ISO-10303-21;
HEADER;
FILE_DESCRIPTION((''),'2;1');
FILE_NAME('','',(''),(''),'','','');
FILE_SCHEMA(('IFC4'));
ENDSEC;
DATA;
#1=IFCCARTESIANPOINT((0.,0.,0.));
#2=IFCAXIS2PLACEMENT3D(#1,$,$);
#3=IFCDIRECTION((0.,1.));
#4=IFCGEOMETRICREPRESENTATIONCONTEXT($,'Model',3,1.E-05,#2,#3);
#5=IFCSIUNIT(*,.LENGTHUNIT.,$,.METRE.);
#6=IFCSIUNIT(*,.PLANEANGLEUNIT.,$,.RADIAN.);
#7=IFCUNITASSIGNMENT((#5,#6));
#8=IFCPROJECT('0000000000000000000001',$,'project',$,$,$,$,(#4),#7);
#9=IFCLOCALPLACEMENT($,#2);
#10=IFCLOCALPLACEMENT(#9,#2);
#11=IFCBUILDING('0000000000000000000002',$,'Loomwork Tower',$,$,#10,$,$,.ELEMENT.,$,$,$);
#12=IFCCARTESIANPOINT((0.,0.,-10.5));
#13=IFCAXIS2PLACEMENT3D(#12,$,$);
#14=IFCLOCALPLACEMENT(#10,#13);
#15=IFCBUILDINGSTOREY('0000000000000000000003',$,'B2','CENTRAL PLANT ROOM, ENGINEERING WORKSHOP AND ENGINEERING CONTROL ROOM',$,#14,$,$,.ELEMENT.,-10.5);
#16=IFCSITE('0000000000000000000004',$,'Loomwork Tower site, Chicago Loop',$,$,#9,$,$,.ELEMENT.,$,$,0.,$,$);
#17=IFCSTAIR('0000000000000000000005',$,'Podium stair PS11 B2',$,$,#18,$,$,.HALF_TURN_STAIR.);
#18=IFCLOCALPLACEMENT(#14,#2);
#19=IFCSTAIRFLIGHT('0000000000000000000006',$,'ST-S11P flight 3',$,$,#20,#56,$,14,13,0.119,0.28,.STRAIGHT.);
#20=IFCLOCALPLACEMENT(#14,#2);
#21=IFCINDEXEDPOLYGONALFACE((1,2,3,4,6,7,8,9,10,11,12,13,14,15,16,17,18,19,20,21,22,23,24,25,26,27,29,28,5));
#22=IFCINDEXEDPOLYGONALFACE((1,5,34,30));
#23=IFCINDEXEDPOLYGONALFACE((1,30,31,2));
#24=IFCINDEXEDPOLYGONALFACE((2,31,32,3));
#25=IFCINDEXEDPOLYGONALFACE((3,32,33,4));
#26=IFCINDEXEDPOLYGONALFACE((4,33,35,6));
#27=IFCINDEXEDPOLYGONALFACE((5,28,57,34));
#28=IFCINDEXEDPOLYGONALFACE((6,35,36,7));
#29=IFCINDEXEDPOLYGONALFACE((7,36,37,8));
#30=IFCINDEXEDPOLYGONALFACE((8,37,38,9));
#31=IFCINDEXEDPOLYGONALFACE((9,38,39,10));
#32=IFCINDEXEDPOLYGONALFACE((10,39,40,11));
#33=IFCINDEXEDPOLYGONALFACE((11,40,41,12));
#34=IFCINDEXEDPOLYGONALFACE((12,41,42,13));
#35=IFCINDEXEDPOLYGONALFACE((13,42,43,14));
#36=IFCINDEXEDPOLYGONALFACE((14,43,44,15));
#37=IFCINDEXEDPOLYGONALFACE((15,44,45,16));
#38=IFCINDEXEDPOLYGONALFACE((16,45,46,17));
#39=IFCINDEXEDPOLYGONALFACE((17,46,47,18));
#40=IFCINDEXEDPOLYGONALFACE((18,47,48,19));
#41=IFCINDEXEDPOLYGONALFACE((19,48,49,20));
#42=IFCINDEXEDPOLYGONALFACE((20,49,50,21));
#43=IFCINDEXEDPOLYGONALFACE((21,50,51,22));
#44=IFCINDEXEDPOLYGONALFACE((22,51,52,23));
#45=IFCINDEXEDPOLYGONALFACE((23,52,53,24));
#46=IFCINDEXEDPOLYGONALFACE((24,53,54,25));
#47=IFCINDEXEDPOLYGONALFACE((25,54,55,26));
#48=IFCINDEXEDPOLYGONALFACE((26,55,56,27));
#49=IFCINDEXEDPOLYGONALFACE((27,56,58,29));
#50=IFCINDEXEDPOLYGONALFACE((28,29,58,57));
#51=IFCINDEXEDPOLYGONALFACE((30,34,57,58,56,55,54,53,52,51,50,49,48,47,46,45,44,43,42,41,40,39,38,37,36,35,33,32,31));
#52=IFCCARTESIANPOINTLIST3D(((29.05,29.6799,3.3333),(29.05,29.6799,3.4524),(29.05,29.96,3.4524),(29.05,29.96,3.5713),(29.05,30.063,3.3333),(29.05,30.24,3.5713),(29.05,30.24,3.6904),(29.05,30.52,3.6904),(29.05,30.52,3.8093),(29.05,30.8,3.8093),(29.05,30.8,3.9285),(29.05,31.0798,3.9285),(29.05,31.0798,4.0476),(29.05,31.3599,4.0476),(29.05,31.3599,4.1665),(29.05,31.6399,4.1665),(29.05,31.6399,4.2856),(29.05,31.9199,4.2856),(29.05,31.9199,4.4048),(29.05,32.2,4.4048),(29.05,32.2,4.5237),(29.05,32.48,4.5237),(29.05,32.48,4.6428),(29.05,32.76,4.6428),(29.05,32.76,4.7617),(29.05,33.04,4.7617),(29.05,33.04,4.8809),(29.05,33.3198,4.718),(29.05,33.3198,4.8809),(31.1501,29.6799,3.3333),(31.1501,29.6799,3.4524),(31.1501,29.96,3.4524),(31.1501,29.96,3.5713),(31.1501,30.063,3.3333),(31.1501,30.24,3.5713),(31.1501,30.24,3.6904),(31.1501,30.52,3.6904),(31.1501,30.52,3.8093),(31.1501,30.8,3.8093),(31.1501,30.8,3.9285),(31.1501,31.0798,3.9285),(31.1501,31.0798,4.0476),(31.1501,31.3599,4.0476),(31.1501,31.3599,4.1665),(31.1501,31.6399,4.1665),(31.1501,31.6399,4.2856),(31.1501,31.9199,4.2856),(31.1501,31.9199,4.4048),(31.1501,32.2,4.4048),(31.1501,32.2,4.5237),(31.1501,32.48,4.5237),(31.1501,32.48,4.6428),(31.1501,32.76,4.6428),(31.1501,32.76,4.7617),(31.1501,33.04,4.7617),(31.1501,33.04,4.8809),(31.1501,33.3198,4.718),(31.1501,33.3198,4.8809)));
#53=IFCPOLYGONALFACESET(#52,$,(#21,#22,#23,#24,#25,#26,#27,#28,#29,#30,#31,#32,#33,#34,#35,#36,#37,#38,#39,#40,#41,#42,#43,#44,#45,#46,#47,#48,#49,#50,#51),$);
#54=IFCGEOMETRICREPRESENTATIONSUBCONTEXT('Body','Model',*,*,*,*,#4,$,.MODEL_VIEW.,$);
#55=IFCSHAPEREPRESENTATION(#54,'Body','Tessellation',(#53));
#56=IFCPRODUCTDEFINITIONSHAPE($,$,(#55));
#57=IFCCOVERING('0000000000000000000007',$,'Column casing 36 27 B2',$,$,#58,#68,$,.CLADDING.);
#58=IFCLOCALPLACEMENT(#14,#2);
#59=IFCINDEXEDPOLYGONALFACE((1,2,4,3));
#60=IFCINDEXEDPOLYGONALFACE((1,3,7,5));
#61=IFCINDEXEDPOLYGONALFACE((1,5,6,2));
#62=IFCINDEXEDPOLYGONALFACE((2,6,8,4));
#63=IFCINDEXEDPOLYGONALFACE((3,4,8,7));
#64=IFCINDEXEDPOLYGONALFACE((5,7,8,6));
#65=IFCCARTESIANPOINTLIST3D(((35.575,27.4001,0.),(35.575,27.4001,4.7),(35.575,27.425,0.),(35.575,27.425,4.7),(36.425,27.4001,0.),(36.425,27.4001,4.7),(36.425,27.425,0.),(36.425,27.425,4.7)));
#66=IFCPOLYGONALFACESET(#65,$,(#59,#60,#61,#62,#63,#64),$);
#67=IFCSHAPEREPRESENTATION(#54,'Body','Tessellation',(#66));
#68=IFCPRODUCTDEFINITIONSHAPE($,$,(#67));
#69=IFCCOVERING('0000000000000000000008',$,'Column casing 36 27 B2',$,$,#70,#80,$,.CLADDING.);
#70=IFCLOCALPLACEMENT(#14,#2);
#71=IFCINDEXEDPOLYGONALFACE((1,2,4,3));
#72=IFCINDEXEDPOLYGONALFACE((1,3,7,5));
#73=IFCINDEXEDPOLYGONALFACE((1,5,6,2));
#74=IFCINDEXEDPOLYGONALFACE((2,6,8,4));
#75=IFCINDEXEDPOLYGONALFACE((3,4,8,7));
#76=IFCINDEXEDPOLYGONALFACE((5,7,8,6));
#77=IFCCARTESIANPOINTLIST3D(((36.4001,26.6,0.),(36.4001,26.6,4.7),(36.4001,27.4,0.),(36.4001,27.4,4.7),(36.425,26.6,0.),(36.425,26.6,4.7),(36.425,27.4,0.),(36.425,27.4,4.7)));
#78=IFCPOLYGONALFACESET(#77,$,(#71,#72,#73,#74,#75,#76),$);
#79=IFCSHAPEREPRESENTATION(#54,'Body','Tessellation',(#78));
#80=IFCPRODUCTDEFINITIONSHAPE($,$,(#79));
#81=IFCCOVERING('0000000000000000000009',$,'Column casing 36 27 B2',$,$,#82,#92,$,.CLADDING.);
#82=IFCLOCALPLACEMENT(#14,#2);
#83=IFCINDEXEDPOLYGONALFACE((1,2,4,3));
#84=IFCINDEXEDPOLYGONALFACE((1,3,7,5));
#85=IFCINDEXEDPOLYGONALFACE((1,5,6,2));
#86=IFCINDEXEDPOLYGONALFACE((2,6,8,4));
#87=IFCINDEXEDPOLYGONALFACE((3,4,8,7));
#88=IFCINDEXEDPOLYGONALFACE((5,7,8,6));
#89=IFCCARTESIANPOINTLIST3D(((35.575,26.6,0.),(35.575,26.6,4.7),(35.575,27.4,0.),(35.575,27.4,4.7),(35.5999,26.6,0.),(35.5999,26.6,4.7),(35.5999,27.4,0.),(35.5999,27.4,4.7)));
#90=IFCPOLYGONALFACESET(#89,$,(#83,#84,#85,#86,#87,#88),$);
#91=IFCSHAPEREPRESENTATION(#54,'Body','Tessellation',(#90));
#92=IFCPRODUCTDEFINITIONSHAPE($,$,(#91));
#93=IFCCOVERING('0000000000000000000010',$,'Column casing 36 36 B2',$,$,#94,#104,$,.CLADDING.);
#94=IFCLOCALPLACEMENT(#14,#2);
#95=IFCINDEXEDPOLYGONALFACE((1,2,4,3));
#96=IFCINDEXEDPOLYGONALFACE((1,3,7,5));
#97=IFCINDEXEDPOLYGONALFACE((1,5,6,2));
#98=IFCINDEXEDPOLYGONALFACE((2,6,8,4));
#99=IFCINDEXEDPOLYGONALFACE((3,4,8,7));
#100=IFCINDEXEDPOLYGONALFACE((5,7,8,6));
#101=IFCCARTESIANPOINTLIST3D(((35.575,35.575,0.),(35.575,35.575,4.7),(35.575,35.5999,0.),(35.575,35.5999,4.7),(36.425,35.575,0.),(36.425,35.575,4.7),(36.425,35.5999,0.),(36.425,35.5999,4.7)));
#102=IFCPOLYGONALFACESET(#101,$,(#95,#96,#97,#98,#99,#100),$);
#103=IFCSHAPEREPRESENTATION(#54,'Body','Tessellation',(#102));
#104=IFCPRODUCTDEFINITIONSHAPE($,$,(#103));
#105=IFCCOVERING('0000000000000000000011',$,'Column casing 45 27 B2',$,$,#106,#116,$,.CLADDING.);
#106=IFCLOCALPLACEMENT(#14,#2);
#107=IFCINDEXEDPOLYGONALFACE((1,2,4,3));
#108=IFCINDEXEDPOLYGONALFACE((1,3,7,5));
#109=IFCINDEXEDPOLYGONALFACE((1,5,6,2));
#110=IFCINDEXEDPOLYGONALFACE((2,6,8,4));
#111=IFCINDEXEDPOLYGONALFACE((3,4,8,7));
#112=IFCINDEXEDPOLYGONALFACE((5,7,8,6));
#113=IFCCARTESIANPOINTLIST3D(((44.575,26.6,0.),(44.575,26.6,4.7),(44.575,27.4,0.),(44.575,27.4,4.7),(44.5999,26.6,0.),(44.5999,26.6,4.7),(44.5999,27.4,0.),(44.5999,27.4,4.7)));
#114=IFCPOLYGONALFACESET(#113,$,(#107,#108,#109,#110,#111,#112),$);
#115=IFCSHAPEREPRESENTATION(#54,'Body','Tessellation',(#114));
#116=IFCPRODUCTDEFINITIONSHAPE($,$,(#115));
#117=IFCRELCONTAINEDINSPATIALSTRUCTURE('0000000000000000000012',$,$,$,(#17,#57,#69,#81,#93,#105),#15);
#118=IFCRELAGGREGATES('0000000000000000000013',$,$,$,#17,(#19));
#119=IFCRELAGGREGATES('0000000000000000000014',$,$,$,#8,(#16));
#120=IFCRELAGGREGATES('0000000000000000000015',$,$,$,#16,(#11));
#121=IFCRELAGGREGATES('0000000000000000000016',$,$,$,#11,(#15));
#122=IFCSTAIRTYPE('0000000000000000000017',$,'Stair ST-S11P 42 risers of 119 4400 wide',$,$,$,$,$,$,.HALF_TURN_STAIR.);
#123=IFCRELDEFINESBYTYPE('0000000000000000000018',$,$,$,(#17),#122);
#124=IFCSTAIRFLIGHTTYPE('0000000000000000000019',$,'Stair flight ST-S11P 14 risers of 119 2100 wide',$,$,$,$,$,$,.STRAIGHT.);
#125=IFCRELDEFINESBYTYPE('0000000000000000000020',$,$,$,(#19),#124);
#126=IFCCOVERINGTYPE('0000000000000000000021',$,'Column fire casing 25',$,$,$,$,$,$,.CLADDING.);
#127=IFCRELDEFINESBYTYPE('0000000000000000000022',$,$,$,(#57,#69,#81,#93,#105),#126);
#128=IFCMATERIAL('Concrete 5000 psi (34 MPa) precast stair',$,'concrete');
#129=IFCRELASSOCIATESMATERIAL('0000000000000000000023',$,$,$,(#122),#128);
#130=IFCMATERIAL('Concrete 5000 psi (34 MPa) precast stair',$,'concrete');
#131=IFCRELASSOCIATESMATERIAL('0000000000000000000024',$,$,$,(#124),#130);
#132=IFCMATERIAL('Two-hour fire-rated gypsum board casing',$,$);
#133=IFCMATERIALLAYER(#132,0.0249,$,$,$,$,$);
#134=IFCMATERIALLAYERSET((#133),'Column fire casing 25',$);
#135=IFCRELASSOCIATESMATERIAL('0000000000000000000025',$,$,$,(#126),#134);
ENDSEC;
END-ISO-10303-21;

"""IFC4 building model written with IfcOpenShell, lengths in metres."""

from ifc_helpers import new_model, si_unit, direction, frame, origin, origin_2d, place, context, subcontext, project, spatial, polyline, rectangle, outline, extrude, material, layer, layer_set, type_object, element, aggregate, save


model = new_model("IFC4")

# Units and contexts
model_context = context("Model", 3, precision=1e-05, world=origin(), true_north=direction((0.0, 1.0)))
body_context = subcontext(model_context, "Body", "Model", "MODEL_VIEW")
ifc_project = project(units=[si_unit("LENGTHUNIT", "METRE"), si_unit("PLANEANGLEUNIT", "RADIAN")], contexts=[model_context])

# Site, building, storey
site_placement = place(None, origin())
site = spatial("IfcSite", under=ifc_project, at=site_placement, Name="Loomwork Tower site, Chicago Loop", CompositionType="ELEMENT", RefElevation=0.0)
building_placement = place(site_placement, origin())
building = spatial("IfcBuilding", under=site, at=building_placement, Name="Loomwork Tower", CompositionType="ELEMENT")
storey_placement = place(building_placement, frame((0.0, 0.0, -10.5)))
storey = spatial("IfcBuildingStorey", under=building, at=storey_placement, Name="B2", Description="CENTRAL PLANT ROOM, ENGINEERING WORKSHOP AND ENGINEERING CONTROL ROOM", CompositionType="ELEMENT", Elevation=-10.5)

# Stair, stair flight
ifc_material_1 = material(Name="Concrete 5000 psi (34 MPa) precast stair", Category="concrete")
stair_type = type_object("IfcStairType", Name="Stair ST-S11P 42 risers of 119 4400 wide", PredefinedType="HALF_TURN_STAIR", material=ifc_material_1)
stair_placement = place(storey_placement, origin())
stair = element("IfcStair", 1, at=stair_placement, inside=storey, type_object=stair_type, Name="Podium stair PS11 B2", PredefinedType="HALF_TURN_STAIR")
ifc_material_2 = material(Name="Concrete 5000 psi (34 MPa) precast stair", Category="concrete")
stair_flight_type = type_object("IfcStairFlightType", Name="Stair flight ST-S11P 14 risers of 119 2100 wide", PredefinedType="STRAIGHT", material=ifc_material_2)
stair_flight_1_placement = place(storey_placement, frame((30.1001, 29.6799, 3.3333), z_axis=(0.0, 0.0, 1.0), x_axis=(0.0, 1.0, 0.0)))
stair_flight_1 = element("IfcStairFlight", 2, at=stair_flight_1_placement, type_object=stair_flight_type, Name="ST-S11P flight 3", NumberOfRisers=14, NumberOfTreads=13, PredefinedType="STRAIGHT", RiserHeight=0.119, TreadLength=0.28, context=body_context, shape_type="SweptSolid", body=[
    extrude(outline(polyline([(0.0, 0.0), (0.0, 0.1191), (0.28, 0.1191), (0.28, 0.238), (0.5601, 0.238), (0.5601, 0.3572), (0.8401, 0.3572), (0.8401, 0.4761), (1.1201, 0.4761), (1.1201, 0.5952), (1.3999, 0.5952), (1.3999, 0.7144), (1.6799, 0.7144), (1.6799, 0.8333), (1.96, 0.8333), (1.96, 0.9524), (2.24, 0.9524), (2.24, 1.0715), (2.52, 1.0715), (2.52, 1.1904), (2.8, 1.1904), (2.8, 1.3096), (3.0801, 1.3096), (3.0801, 1.4285), (3.3601, 1.4285), (3.3601, 1.5476), (3.6399, 1.5476), (3.6399, 1.6667), (3.6399, 1.3848), (0.3831, 0.0), (0.0, 0.0)])), frame((0.0, 1.05, 0.0), z_axis=(0.0, -1.0, 0.0), x_axis=(1.0, 0.0, 0.0)), (0.0, 0.0, 1.0), 2.1001),
])
aggregate(stair, [stair_flight_1])

# Coverings
ifc_material_3 = material(Name="Two-hour fire-rated gypsum board casing")
ifc_layer_1 = layer(ifc_material_3, 0.0249)
ifc_layer_set_1 = layer_set([ifc_layer_1], Name="Column fire casing 25")
covering_type = type_object("IfcCoveringType", Name="Column fire casing 25", PredefinedType="CLADDING", material=ifc_layer_set_1)
covering_1_placement = place(storey_placement, frame((36.0, 27.4126, 0.0), z_axis=(0.0, 0.0, 1.0), x_axis=(1.0, 0.0, 0.0)))
element("IfcCovering", 3, at=covering_1_placement, inside=storey, type_object=covering_type, Name="Column casing 36 27 B2", PredefinedType="CLADDING", context=body_context, shape_type="SweptSolid", body=[
    extrude(rectangle(XDim=0.8501, YDim=0.0249, at=origin_2d()), origin(), (0.0, 0.0, 1.0), 4.7),
])
for number, where, z_axis, x_axis, name in (
    (4, (36.4126, 27.0, 0.0), (0.0, 0.0, 1.0), (1.0, 0.0, 0.0), "Column casing 36 27 B2"),
    (5, (35.5874, 27.0, 0.0), (0.0, 0.0, 1.0), (1.0, 0.0, 0.0), "Column casing 36 27 B2"),
):
    element("IfcCovering", number, at=place(storey_placement, frame(where, z_axis=z_axis, x_axis=x_axis)), inside=storey, type_object=covering_type, Name=name, PredefinedType="CLADDING", context=body_context, shape_type="SweptSolid", body=[
        extrude(rectangle(XDim=0.0249, YDim=0.8, at=origin_2d()), origin(), (0.0, 0.0, 1.0), 4.7),
    ])
covering_2_placement = place(storey_placement, frame((36.0, 35.5874, 0.0), z_axis=(0.0, 0.0, 1.0), x_axis=(1.0, 0.0, 0.0)))
element("IfcCovering", 6, at=covering_2_placement, inside=storey, type_object=covering_type, Name="Column casing 36 36 B2", PredefinedType="CLADDING", context=body_context, shape_type="SweptSolid", body=[
    extrude(rectangle(XDim=0.8501, YDim=0.0249, at=origin_2d()), origin(), (0.0, 0.0, 1.0), 4.7),
])
covering_3_placement = place(storey_placement, frame((44.5874, 27.0, 0.0), z_axis=(0.0, 0.0, 1.0), x_axis=(1.0, 0.0, 0.0)))
element("IfcCovering", 7, at=covering_3_placement, inside=storey, type_object=covering_type, Name="Column casing 45 27 B2", PredefinedType="CLADDING", context=body_context, shape_type="SweptSolid", body=[
    extrude(rectangle(XDim=0.0249, YDim=0.8, at=origin_2d()), origin(), (0.0, 0.0, 1.0), 4.7),
])

save(model, "model.ifc")
